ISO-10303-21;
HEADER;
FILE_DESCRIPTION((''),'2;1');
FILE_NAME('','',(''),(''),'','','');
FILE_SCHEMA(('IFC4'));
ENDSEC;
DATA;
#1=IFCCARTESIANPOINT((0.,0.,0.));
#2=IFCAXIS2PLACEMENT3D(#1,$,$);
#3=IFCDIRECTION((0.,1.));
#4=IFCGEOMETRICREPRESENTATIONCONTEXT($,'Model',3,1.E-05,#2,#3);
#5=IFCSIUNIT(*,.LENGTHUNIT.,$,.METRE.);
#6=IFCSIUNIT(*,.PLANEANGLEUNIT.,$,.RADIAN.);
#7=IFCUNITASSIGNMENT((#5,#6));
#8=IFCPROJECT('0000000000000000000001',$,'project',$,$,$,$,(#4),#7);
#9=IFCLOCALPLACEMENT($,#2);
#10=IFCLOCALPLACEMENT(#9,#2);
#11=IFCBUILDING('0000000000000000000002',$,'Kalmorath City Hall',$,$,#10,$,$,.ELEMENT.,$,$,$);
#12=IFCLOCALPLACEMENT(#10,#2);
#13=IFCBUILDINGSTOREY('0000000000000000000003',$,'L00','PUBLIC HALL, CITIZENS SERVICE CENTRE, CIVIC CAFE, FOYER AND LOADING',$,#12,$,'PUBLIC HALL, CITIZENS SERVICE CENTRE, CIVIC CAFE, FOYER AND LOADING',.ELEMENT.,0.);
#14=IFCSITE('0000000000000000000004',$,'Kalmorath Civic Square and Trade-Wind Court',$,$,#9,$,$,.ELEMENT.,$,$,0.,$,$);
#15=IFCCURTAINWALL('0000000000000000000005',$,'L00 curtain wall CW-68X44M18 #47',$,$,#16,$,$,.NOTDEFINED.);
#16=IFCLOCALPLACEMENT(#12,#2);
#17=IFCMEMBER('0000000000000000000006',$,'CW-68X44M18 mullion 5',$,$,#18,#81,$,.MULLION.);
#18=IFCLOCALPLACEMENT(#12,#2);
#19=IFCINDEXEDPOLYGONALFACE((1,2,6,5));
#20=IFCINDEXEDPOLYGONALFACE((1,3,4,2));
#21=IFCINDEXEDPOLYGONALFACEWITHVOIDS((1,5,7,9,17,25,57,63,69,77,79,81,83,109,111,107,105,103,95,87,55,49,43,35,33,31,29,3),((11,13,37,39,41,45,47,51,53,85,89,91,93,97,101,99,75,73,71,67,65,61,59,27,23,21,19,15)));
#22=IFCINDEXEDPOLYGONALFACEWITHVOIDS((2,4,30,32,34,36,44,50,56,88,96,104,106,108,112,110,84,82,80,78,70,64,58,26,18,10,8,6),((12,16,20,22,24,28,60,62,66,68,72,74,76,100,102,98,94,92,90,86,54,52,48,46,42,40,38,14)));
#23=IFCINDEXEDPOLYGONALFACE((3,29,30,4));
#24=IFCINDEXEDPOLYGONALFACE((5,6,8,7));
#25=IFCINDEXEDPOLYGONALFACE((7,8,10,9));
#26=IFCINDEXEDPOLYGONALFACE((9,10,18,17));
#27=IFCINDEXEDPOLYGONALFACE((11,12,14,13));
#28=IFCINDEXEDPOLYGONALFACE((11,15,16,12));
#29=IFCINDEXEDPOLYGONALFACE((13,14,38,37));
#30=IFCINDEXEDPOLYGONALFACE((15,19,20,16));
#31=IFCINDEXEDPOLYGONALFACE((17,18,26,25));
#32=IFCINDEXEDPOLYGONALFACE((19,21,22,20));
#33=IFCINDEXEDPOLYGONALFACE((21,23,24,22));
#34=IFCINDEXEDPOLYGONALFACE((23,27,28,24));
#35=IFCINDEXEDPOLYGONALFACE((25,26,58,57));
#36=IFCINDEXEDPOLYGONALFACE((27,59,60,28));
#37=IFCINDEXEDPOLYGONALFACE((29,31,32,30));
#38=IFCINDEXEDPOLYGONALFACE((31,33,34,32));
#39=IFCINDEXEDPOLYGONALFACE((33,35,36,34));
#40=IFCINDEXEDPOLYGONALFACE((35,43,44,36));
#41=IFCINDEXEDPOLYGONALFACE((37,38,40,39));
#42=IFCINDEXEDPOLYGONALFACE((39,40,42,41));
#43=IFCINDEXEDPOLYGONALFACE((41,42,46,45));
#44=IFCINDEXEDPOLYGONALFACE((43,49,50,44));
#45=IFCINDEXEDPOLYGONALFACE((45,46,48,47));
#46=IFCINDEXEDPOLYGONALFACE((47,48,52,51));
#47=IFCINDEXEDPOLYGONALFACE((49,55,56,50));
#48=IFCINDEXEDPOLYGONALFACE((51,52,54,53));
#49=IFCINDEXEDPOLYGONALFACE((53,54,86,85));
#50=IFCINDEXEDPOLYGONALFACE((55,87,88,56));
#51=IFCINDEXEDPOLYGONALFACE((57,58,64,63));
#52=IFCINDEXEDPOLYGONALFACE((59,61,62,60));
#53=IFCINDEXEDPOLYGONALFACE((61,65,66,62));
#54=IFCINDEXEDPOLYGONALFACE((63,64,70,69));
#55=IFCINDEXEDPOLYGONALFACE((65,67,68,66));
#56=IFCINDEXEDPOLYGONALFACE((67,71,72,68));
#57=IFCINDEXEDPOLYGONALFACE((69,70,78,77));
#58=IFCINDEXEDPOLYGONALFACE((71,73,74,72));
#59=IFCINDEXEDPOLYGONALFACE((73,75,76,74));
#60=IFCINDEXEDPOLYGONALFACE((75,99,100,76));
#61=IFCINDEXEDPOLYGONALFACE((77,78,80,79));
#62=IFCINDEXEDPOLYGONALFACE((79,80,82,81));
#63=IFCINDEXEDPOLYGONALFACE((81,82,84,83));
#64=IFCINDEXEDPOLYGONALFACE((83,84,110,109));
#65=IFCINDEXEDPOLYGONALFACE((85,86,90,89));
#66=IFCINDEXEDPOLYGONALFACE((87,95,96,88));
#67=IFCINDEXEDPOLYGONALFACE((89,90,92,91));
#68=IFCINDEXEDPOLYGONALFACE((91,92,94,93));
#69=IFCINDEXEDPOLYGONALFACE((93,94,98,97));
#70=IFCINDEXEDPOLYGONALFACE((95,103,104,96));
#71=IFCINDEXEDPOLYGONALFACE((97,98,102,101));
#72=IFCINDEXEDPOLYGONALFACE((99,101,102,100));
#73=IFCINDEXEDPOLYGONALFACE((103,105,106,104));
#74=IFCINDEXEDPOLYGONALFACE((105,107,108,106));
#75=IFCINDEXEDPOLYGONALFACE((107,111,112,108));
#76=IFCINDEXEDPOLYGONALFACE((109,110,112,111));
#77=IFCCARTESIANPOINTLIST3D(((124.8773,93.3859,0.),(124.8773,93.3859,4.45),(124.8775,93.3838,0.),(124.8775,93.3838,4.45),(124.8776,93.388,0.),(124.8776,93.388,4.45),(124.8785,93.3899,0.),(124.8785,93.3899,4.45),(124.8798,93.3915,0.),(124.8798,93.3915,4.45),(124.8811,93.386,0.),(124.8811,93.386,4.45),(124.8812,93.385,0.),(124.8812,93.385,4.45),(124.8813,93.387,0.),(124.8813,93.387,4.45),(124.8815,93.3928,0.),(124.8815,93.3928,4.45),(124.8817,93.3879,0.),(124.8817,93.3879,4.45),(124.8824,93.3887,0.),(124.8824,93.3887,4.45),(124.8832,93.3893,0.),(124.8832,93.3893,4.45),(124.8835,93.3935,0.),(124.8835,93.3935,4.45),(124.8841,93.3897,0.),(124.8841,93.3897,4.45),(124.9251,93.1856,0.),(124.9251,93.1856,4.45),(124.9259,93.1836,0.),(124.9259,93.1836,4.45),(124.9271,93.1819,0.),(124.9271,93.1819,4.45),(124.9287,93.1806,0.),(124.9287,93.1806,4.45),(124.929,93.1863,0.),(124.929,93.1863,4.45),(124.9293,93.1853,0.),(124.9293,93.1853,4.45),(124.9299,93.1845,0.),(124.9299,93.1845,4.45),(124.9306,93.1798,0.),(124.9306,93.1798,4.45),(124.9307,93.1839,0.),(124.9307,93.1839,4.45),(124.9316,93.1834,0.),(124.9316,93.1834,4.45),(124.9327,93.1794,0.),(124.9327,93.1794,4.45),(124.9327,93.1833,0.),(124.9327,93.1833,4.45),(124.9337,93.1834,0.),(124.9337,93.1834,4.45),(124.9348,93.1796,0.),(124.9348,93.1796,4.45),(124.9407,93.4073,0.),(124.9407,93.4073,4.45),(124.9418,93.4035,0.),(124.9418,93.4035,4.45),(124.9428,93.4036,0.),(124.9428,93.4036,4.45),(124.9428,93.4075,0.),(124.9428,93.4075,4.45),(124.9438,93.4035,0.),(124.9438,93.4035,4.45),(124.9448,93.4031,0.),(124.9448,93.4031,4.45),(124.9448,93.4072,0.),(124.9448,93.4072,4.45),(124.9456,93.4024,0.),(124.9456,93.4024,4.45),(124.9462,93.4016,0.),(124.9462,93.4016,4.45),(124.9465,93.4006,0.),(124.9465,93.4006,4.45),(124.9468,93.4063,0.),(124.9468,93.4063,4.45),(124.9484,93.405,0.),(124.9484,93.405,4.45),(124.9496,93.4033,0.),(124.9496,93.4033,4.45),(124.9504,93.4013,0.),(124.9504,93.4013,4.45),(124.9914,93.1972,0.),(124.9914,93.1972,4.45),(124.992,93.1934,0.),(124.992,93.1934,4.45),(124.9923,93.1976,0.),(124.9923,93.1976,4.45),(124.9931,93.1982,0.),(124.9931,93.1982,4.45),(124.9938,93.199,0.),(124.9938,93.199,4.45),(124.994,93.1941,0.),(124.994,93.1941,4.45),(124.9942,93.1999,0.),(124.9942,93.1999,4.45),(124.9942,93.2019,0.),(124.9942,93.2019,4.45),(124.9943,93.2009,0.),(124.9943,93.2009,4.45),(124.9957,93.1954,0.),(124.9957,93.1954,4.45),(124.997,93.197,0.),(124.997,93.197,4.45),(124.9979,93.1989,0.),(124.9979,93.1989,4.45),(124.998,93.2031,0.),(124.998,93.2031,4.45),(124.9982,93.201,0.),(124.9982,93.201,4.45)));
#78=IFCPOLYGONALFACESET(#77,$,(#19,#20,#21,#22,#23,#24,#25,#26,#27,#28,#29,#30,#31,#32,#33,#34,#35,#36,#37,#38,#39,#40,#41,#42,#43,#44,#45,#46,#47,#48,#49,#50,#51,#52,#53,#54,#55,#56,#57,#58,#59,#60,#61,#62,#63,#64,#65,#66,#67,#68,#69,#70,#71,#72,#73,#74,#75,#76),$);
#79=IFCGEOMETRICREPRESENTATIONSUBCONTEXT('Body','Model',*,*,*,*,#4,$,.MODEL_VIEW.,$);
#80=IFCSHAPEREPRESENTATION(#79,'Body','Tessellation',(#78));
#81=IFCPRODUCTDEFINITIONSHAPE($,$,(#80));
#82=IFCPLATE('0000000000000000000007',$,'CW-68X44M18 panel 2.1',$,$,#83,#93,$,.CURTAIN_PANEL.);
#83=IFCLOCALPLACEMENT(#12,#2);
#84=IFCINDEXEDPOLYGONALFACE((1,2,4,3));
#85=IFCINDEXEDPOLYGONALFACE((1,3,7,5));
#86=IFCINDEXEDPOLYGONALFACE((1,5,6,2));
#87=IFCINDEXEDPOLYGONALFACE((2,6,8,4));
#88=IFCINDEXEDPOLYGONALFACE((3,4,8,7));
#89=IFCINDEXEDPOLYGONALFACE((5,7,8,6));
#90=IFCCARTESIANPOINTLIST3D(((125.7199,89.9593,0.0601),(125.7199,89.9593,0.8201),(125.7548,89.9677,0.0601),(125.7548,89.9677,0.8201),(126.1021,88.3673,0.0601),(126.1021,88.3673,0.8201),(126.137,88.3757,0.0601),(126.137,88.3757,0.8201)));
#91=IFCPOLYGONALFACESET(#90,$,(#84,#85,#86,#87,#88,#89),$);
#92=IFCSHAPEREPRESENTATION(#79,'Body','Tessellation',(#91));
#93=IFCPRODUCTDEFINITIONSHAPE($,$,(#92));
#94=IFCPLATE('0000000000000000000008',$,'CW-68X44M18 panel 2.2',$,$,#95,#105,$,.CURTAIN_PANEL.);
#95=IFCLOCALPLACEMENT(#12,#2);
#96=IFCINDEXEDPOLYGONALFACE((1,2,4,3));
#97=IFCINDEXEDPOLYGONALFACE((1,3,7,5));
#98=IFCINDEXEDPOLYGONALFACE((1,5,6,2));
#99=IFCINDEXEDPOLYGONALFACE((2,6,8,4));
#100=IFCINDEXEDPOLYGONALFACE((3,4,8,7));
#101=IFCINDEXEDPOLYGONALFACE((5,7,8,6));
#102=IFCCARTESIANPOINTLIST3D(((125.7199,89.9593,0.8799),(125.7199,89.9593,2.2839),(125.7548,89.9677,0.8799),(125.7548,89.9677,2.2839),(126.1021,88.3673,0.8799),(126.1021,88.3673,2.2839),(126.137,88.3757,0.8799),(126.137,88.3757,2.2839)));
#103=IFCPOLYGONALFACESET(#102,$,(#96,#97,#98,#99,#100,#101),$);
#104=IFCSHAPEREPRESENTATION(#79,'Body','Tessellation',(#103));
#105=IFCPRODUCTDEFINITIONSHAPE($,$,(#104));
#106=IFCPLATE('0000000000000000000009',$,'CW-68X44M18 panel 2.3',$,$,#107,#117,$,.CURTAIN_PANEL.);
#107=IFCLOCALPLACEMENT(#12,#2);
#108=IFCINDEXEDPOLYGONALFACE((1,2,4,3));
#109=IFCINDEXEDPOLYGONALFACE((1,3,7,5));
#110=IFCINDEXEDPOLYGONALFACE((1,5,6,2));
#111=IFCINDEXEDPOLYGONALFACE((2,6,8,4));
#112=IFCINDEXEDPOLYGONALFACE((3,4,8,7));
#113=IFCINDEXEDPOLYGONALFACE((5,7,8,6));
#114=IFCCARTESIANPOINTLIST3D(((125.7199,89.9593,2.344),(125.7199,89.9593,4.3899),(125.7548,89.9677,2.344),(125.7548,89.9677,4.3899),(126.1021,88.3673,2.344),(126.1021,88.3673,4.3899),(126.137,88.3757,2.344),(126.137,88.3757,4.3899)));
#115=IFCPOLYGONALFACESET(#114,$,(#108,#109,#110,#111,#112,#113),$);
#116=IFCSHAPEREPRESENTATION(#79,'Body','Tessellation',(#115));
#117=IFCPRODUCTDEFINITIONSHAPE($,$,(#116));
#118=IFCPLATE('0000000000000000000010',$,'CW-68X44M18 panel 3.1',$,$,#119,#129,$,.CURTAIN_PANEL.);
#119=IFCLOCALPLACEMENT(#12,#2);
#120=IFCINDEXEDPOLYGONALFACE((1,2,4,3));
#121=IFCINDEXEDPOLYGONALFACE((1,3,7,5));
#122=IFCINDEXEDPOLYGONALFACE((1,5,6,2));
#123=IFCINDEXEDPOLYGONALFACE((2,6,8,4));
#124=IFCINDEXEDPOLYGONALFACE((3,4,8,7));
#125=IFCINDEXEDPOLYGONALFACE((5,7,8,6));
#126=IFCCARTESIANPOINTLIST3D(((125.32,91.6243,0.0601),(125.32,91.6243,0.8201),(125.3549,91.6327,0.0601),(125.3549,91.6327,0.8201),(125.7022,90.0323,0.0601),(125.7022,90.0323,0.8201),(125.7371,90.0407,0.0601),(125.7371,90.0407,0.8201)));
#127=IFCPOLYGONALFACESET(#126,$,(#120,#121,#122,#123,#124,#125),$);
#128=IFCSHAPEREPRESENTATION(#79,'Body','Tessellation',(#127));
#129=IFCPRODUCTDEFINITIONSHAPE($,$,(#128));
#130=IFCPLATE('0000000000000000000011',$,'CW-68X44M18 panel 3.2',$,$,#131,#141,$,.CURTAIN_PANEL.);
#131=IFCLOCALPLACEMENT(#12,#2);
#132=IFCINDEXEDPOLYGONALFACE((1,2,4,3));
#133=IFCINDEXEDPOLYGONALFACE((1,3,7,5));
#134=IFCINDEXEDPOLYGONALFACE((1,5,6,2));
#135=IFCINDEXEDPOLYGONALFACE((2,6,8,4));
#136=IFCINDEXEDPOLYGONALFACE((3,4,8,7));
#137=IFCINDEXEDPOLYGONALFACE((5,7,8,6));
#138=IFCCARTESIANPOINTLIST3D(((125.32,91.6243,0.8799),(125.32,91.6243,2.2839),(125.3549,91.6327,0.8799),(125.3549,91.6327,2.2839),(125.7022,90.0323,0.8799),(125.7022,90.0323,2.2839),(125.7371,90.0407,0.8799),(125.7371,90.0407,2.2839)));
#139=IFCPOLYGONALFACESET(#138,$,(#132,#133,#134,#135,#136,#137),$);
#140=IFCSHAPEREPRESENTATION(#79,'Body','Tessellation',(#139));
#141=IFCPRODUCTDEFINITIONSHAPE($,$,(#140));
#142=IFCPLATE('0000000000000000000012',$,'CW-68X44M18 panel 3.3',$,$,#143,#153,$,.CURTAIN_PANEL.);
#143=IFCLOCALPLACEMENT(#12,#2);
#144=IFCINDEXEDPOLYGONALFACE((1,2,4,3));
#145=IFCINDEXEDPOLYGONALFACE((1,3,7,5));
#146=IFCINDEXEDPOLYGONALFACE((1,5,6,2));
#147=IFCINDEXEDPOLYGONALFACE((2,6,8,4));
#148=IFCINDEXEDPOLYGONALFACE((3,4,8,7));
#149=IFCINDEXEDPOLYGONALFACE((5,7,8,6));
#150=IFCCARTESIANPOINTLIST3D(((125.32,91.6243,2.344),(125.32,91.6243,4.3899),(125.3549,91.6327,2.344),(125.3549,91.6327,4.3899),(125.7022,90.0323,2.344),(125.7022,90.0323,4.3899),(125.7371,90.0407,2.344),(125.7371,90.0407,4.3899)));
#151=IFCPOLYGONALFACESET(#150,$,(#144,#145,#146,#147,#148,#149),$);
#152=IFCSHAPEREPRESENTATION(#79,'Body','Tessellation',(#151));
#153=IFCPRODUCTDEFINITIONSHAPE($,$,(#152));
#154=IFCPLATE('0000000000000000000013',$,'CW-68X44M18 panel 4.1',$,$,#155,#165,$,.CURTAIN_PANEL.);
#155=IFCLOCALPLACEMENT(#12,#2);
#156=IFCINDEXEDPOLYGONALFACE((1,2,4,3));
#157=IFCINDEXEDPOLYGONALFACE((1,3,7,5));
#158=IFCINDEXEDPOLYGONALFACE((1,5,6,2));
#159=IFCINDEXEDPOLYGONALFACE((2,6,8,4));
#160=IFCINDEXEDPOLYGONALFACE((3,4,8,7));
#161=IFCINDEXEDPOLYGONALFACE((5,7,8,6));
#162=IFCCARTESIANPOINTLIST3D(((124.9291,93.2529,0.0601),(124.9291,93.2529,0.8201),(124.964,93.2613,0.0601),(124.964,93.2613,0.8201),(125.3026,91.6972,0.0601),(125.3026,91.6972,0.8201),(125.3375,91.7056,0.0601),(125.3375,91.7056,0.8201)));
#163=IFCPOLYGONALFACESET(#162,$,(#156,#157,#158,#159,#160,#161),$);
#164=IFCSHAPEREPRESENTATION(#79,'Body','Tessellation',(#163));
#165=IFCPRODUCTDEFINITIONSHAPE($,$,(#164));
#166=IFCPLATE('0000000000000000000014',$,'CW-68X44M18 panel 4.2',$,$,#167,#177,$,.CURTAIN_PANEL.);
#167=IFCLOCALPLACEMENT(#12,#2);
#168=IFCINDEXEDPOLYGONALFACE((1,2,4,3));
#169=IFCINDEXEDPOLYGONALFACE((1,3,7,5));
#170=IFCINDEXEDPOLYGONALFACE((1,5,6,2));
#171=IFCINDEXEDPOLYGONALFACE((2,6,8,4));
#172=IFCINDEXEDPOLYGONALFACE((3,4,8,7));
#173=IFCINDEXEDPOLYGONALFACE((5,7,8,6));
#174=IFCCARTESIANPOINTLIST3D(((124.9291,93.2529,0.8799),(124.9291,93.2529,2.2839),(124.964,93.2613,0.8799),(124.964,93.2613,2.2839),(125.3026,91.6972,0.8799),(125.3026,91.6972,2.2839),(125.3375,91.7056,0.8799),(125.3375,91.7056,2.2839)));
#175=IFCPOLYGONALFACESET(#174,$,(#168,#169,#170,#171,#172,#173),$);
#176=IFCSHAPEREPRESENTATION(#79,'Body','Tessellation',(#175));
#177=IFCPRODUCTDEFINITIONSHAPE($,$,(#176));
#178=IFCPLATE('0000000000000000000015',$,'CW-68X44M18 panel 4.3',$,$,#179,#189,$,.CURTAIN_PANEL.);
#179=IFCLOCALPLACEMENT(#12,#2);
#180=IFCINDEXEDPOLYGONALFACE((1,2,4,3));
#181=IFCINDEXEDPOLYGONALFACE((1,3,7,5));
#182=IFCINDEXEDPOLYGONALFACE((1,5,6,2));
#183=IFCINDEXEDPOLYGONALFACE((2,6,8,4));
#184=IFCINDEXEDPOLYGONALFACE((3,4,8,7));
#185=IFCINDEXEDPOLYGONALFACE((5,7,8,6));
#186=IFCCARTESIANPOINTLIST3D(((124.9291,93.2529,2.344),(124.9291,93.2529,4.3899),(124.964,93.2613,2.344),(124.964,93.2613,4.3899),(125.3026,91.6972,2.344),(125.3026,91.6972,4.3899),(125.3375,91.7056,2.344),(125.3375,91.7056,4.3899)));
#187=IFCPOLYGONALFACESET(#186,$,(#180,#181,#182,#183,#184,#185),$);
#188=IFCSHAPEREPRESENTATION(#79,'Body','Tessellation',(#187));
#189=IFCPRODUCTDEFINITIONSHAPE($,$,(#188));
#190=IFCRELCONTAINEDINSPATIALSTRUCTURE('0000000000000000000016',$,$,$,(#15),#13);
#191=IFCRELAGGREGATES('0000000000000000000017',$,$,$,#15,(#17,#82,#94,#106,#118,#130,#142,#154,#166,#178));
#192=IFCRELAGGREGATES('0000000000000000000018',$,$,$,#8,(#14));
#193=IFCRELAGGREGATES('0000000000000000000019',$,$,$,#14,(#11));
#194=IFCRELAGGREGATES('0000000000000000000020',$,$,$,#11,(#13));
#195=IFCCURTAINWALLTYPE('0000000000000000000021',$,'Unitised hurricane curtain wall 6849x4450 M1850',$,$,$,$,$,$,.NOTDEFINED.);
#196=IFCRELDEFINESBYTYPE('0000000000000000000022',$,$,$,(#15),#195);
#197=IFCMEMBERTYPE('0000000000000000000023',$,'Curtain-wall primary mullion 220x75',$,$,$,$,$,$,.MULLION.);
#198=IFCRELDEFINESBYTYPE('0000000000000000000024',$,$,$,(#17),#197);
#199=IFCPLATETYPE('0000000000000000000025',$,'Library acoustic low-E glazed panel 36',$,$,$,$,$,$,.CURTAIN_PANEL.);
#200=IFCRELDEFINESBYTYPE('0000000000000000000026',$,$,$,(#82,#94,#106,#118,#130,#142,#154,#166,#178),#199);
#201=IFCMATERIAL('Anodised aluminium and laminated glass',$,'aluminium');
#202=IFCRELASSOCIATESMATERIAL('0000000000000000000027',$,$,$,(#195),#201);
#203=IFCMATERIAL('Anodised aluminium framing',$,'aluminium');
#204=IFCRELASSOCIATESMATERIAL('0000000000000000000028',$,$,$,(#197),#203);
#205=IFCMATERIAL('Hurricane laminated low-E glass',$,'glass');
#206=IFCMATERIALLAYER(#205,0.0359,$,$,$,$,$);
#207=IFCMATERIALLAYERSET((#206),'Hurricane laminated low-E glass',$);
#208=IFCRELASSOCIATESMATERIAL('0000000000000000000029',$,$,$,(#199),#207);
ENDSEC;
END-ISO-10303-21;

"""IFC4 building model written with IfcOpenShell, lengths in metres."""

from ifc_helpers import new_model, si_unit, direction, frame, origin, origin_2d, place, context, subcontext, project, spatial, rectangle, hollow_rectangle, extrude, material, layer, layer_set, material_profile, profile_set, type_object, element, aggregate, save


model = new_model("IFC4")

# Units and contexts
model_context = context("Model", 3, precision=1e-05, world=origin(), true_north=direction((0.0, 1.0)))
body_context = subcontext(model_context, "Body", "Model", "MODEL_VIEW")
ifc_project = project(units=[si_unit("LENGTHUNIT", "METRE"), si_unit("PLANEANGLEUNIT", "RADIAN")], contexts=[model_context])

# Site, building, storey
site_placement = place(None, origin())
site = spatial("IfcSite", under=ifc_project, at=site_placement, Name="Kalmorath Civic Square and Trade-Wind Court", CompositionType="ELEMENT", RefElevation=0.0)
building_placement = place(site_placement, origin())
building = spatial("IfcBuilding", under=site, at=building_placement, Name="Kalmorath City Hall", CompositionType="ELEMENT")
storey_placement = place(building_placement, origin())
storey = spatial("IfcBuildingStorey", under=building, at=storey_placement, Name="L00", Description="PUBLIC HALL, CITIZENS SERVICE CENTRE, CIVIC CAFE, FOYER AND LOADING", LongName="PUBLIC HALL, CITIZENS SERVICE CENTRE, CIVIC CAFE, FOYER AND LOADING", CompositionType="ELEMENT", Elevation=0.0)

# Curtain wall, member, plates
ifc_material_1 = material(Name="Anodised aluminium and laminated glass", Category="aluminium")
curtain_wall_type = type_object("IfcCurtainWallType", Name="Unitised hurricane curtain wall 6849x4450 M1850", PredefinedType="NOTDEFINED", material=ifc_material_1)
curtain_wall_placement = place(storey_placement, origin())
curtain_wall = element("IfcCurtainWall", 1, at=curtain_wall_placement, inside=storey, type_object=curtain_wall_type, Name="L00 curtain wall CW-68X44M18 #47", PredefinedType="NOTDEFINED")
ifc_material_2 = material(Name="Anodised aluminium framing", Category="aluminium")
ifc_material_profile_1 = material_profile(ifc_material_2, hollow_rectangle(XDim=0.075, YDim=0.22, WallThickness=0.0039, InnerFilletRadius=0.0039, OuterFilletRadius=0.0081, at=origin_2d()), Name="ALU-MUL-220X75X4")
ifc_profile_set_1 = profile_set([ifc_material_profile_1], Name="Anodised aluminium framing")
member_type_1 = type_object("IfcMemberType", Name="Curtain-wall primary mullion 220x75", PredefinedType="MULLION", material=ifc_profile_set_1)
member_1_placement = place(storey_placement, frame((124.9377, 93.2935, 0.0), z_axis=(0.0, 0.0, 1.0), x_axis=(-0.972367, -0.233456, 0.0)))
member_1 = element("IfcMember", 2, at=member_1_placement, type_object=member_type_1, Name="CW-68X44M18 mullion 5", PredefinedType="MULLION", context=body_context, shape_type="SweptSolid", body=[
    extrude(hollow_rectangle(XDim=0.075, YDim=0.22, WallThickness=0.0039, InnerFilletRadius=0.0039, OuterFilletRadius=0.0081, at=origin_2d()), origin(), (0.0, 0.0, 1.0), 4.45),
])
ifc_material_3 = material(Name="Hurricane laminated low-E glass", Category="glass")
ifc_layer_1 = layer(ifc_material_3, 0.0359)
ifc_layer_set_1 = layer_set([ifc_layer_1], Name="Hurricane laminated low-E glass")
plate_type = type_object("IfcPlateType", Name="Library acoustic low-E glazed panel 36", PredefinedType="CURTAIN_PANEL", material=ifc_layer_set_1)
plate_1_placement = place(storey_placement, frame((125.9285, 89.1675, 0.0601), z_axis=(0.0, 0.0, 1.0), x_axis=(-0.233456, 0.972367, 0.0)))
plate_1 = element("IfcPlate", 3, at=plate_1_placement, type_object=plate_type, Name="CW-68X44M18 panel 2.1", PredefinedType="CURTAIN_PANEL", context=body_context, shape_type="SweptSolid", body=[
    extrude(rectangle(XDim=1.6372, YDim=0.0359, at=origin_2d()), origin(), (0.0, 0.0, 1.0), 0.76),
])
plate_2_placement = place(storey_placement, frame((125.9285, 89.1675, 0.8799), z_axis=(0.0, 0.0, 1.0), x_axis=(-0.233456, 0.972367, 0.0)))
plate_2 = element("IfcPlate", 4, at=plate_2_placement, type_object=plate_type, Name="CW-68X44M18 panel 2.2", PredefinedType="CURTAIN_PANEL", context=body_context, shape_type="SweptSolid", body=[
    extrude(rectangle(XDim=1.6372, YDim=0.0359, at=origin_2d()), origin(), (0.0, 0.0, 1.0), 1.4041),
])
plate_3_placement = place(storey_placement, frame((125.9285, 89.1675, 2.344), z_axis=(0.0, 0.0, 1.0), x_axis=(-0.233456, 0.972367, 0.0)))
plate_3 = element("IfcPlate", 5, at=plate_3_placement, type_object=plate_type, Name="CW-68X44M18 panel 2.3", PredefinedType="CURTAIN_PANEL", context=body_context, shape_type="SweptSolid", body=[
    extrude(rectangle(XDim=1.6372, YDim=0.0359, at=origin_2d()), origin(), (0.0, 0.0, 1.0), 2.0459),
])
plate_4_placement = place(storey_placement, frame((125.5286, 90.8325, 0.0601), z_axis=(0.0, 0.0, 1.0), x_axis=(-0.233456, 0.972367, 0.0)))
plate_4 = element("IfcPlate", 6, at=plate_4_placement, type_object=plate_type, Name="CW-68X44M18 panel 3.1", PredefinedType="CURTAIN_PANEL", context=body_context, shape_type="SweptSolid", body=[
    extrude(rectangle(XDim=1.6372, YDim=0.0359, at=origin_2d()), origin(), (0.0, 0.0, 1.0), 0.76),
])
plate_5_placement = place(storey_placement, frame((125.5286, 90.8325, 0.8799), z_axis=(0.0, 0.0, 1.0), x_axis=(-0.233456, 0.972367, 0.0)))
plate_5 = element("IfcPlate", 7, at=plate_5_placement, type_object=plate_type, Name="CW-68X44M18 panel 3.2", PredefinedType="CURTAIN_PANEL", context=body_context, shape_type="SweptSolid", body=[
    extrude(rectangle(XDim=1.6372, YDim=0.0359, at=origin_2d()), origin(), (0.0, 0.0, 1.0), 1.4041),
])
plate_6_placement = place(storey_placement, frame((125.5286, 90.8325, 2.344), z_axis=(0.0, 0.0, 1.0), x_axis=(-0.233456, 0.972367, 0.0)))
plate_6 = element("IfcPlate", 8, at=plate_6_placement, type_object=plate_type, Name="CW-68X44M18 panel 3.3", PredefinedType="CURTAIN_PANEL", context=body_context, shape_type="SweptSolid", body=[
    extrude(rectangle(XDim=1.6372, YDim=0.0359, at=origin_2d()), origin(), (0.0, 0.0, 1.0), 2.0459),
])
plate_7_placement = place(storey_placement, frame((125.1333, 92.4792, 0.0601), z_axis=(0.0, 0.0, 1.0), x_axis=(-0.233456, 0.972367, 0.0)))
plate_7 = element("IfcPlate", 9, at=plate_7_placement, type_object=plate_type, Name="CW-68X44M18 panel 4.1", PredefinedType="CURTAIN_PANEL", context=body_context, shape_type="SweptSolid", body=[
    extrude(rectangle(XDim=1.5999, YDim=0.0359, at=origin_2d()), origin(), (0.0, 0.0, 1.0), 0.76),
])
plate_8_placement = place(storey_placement, frame((125.1333, 92.4792, 0.8799), z_axis=(0.0, 0.0, 1.0), x_axis=(-0.233456, 0.972367, 0.0)))
plate_8 = element("IfcPlate", 10, at=plate_8_placement, type_object=plate_type, Name="CW-68X44M18 panel 4.2", PredefinedType="CURTAIN_PANEL", context=body_context, shape_type="SweptSolid", body=[
    extrude(rectangle(XDim=1.5999, YDim=0.0359, at=origin_2d()), origin(), (0.0, 0.0, 1.0), 1.4041),
])
plate_9_placement = place(storey_placement, frame((125.1333, 92.4792, 2.344), z_axis=(0.0, 0.0, 1.0), x_axis=(-0.233456, 0.972367, 0.0)))
plate_9 = element("IfcPlate", 11, at=plate_9_placement, type_object=plate_type, Name="CW-68X44M18 panel 4.3", PredefinedType="CURTAIN_PANEL", context=body_context, shape_type="SweptSolid", body=[
    extrude(rectangle(XDim=1.5999, YDim=0.0359, at=origin_2d()), origin(), (0.0, 0.0, 1.0), 2.0459),
])
aggregate(curtain_wall, [member_1, plate_1, plate_2, plate_3, plate_4, plate_5, plate_6, plate_7, plate_8, plate_9])

save(model, "model.ifc")
